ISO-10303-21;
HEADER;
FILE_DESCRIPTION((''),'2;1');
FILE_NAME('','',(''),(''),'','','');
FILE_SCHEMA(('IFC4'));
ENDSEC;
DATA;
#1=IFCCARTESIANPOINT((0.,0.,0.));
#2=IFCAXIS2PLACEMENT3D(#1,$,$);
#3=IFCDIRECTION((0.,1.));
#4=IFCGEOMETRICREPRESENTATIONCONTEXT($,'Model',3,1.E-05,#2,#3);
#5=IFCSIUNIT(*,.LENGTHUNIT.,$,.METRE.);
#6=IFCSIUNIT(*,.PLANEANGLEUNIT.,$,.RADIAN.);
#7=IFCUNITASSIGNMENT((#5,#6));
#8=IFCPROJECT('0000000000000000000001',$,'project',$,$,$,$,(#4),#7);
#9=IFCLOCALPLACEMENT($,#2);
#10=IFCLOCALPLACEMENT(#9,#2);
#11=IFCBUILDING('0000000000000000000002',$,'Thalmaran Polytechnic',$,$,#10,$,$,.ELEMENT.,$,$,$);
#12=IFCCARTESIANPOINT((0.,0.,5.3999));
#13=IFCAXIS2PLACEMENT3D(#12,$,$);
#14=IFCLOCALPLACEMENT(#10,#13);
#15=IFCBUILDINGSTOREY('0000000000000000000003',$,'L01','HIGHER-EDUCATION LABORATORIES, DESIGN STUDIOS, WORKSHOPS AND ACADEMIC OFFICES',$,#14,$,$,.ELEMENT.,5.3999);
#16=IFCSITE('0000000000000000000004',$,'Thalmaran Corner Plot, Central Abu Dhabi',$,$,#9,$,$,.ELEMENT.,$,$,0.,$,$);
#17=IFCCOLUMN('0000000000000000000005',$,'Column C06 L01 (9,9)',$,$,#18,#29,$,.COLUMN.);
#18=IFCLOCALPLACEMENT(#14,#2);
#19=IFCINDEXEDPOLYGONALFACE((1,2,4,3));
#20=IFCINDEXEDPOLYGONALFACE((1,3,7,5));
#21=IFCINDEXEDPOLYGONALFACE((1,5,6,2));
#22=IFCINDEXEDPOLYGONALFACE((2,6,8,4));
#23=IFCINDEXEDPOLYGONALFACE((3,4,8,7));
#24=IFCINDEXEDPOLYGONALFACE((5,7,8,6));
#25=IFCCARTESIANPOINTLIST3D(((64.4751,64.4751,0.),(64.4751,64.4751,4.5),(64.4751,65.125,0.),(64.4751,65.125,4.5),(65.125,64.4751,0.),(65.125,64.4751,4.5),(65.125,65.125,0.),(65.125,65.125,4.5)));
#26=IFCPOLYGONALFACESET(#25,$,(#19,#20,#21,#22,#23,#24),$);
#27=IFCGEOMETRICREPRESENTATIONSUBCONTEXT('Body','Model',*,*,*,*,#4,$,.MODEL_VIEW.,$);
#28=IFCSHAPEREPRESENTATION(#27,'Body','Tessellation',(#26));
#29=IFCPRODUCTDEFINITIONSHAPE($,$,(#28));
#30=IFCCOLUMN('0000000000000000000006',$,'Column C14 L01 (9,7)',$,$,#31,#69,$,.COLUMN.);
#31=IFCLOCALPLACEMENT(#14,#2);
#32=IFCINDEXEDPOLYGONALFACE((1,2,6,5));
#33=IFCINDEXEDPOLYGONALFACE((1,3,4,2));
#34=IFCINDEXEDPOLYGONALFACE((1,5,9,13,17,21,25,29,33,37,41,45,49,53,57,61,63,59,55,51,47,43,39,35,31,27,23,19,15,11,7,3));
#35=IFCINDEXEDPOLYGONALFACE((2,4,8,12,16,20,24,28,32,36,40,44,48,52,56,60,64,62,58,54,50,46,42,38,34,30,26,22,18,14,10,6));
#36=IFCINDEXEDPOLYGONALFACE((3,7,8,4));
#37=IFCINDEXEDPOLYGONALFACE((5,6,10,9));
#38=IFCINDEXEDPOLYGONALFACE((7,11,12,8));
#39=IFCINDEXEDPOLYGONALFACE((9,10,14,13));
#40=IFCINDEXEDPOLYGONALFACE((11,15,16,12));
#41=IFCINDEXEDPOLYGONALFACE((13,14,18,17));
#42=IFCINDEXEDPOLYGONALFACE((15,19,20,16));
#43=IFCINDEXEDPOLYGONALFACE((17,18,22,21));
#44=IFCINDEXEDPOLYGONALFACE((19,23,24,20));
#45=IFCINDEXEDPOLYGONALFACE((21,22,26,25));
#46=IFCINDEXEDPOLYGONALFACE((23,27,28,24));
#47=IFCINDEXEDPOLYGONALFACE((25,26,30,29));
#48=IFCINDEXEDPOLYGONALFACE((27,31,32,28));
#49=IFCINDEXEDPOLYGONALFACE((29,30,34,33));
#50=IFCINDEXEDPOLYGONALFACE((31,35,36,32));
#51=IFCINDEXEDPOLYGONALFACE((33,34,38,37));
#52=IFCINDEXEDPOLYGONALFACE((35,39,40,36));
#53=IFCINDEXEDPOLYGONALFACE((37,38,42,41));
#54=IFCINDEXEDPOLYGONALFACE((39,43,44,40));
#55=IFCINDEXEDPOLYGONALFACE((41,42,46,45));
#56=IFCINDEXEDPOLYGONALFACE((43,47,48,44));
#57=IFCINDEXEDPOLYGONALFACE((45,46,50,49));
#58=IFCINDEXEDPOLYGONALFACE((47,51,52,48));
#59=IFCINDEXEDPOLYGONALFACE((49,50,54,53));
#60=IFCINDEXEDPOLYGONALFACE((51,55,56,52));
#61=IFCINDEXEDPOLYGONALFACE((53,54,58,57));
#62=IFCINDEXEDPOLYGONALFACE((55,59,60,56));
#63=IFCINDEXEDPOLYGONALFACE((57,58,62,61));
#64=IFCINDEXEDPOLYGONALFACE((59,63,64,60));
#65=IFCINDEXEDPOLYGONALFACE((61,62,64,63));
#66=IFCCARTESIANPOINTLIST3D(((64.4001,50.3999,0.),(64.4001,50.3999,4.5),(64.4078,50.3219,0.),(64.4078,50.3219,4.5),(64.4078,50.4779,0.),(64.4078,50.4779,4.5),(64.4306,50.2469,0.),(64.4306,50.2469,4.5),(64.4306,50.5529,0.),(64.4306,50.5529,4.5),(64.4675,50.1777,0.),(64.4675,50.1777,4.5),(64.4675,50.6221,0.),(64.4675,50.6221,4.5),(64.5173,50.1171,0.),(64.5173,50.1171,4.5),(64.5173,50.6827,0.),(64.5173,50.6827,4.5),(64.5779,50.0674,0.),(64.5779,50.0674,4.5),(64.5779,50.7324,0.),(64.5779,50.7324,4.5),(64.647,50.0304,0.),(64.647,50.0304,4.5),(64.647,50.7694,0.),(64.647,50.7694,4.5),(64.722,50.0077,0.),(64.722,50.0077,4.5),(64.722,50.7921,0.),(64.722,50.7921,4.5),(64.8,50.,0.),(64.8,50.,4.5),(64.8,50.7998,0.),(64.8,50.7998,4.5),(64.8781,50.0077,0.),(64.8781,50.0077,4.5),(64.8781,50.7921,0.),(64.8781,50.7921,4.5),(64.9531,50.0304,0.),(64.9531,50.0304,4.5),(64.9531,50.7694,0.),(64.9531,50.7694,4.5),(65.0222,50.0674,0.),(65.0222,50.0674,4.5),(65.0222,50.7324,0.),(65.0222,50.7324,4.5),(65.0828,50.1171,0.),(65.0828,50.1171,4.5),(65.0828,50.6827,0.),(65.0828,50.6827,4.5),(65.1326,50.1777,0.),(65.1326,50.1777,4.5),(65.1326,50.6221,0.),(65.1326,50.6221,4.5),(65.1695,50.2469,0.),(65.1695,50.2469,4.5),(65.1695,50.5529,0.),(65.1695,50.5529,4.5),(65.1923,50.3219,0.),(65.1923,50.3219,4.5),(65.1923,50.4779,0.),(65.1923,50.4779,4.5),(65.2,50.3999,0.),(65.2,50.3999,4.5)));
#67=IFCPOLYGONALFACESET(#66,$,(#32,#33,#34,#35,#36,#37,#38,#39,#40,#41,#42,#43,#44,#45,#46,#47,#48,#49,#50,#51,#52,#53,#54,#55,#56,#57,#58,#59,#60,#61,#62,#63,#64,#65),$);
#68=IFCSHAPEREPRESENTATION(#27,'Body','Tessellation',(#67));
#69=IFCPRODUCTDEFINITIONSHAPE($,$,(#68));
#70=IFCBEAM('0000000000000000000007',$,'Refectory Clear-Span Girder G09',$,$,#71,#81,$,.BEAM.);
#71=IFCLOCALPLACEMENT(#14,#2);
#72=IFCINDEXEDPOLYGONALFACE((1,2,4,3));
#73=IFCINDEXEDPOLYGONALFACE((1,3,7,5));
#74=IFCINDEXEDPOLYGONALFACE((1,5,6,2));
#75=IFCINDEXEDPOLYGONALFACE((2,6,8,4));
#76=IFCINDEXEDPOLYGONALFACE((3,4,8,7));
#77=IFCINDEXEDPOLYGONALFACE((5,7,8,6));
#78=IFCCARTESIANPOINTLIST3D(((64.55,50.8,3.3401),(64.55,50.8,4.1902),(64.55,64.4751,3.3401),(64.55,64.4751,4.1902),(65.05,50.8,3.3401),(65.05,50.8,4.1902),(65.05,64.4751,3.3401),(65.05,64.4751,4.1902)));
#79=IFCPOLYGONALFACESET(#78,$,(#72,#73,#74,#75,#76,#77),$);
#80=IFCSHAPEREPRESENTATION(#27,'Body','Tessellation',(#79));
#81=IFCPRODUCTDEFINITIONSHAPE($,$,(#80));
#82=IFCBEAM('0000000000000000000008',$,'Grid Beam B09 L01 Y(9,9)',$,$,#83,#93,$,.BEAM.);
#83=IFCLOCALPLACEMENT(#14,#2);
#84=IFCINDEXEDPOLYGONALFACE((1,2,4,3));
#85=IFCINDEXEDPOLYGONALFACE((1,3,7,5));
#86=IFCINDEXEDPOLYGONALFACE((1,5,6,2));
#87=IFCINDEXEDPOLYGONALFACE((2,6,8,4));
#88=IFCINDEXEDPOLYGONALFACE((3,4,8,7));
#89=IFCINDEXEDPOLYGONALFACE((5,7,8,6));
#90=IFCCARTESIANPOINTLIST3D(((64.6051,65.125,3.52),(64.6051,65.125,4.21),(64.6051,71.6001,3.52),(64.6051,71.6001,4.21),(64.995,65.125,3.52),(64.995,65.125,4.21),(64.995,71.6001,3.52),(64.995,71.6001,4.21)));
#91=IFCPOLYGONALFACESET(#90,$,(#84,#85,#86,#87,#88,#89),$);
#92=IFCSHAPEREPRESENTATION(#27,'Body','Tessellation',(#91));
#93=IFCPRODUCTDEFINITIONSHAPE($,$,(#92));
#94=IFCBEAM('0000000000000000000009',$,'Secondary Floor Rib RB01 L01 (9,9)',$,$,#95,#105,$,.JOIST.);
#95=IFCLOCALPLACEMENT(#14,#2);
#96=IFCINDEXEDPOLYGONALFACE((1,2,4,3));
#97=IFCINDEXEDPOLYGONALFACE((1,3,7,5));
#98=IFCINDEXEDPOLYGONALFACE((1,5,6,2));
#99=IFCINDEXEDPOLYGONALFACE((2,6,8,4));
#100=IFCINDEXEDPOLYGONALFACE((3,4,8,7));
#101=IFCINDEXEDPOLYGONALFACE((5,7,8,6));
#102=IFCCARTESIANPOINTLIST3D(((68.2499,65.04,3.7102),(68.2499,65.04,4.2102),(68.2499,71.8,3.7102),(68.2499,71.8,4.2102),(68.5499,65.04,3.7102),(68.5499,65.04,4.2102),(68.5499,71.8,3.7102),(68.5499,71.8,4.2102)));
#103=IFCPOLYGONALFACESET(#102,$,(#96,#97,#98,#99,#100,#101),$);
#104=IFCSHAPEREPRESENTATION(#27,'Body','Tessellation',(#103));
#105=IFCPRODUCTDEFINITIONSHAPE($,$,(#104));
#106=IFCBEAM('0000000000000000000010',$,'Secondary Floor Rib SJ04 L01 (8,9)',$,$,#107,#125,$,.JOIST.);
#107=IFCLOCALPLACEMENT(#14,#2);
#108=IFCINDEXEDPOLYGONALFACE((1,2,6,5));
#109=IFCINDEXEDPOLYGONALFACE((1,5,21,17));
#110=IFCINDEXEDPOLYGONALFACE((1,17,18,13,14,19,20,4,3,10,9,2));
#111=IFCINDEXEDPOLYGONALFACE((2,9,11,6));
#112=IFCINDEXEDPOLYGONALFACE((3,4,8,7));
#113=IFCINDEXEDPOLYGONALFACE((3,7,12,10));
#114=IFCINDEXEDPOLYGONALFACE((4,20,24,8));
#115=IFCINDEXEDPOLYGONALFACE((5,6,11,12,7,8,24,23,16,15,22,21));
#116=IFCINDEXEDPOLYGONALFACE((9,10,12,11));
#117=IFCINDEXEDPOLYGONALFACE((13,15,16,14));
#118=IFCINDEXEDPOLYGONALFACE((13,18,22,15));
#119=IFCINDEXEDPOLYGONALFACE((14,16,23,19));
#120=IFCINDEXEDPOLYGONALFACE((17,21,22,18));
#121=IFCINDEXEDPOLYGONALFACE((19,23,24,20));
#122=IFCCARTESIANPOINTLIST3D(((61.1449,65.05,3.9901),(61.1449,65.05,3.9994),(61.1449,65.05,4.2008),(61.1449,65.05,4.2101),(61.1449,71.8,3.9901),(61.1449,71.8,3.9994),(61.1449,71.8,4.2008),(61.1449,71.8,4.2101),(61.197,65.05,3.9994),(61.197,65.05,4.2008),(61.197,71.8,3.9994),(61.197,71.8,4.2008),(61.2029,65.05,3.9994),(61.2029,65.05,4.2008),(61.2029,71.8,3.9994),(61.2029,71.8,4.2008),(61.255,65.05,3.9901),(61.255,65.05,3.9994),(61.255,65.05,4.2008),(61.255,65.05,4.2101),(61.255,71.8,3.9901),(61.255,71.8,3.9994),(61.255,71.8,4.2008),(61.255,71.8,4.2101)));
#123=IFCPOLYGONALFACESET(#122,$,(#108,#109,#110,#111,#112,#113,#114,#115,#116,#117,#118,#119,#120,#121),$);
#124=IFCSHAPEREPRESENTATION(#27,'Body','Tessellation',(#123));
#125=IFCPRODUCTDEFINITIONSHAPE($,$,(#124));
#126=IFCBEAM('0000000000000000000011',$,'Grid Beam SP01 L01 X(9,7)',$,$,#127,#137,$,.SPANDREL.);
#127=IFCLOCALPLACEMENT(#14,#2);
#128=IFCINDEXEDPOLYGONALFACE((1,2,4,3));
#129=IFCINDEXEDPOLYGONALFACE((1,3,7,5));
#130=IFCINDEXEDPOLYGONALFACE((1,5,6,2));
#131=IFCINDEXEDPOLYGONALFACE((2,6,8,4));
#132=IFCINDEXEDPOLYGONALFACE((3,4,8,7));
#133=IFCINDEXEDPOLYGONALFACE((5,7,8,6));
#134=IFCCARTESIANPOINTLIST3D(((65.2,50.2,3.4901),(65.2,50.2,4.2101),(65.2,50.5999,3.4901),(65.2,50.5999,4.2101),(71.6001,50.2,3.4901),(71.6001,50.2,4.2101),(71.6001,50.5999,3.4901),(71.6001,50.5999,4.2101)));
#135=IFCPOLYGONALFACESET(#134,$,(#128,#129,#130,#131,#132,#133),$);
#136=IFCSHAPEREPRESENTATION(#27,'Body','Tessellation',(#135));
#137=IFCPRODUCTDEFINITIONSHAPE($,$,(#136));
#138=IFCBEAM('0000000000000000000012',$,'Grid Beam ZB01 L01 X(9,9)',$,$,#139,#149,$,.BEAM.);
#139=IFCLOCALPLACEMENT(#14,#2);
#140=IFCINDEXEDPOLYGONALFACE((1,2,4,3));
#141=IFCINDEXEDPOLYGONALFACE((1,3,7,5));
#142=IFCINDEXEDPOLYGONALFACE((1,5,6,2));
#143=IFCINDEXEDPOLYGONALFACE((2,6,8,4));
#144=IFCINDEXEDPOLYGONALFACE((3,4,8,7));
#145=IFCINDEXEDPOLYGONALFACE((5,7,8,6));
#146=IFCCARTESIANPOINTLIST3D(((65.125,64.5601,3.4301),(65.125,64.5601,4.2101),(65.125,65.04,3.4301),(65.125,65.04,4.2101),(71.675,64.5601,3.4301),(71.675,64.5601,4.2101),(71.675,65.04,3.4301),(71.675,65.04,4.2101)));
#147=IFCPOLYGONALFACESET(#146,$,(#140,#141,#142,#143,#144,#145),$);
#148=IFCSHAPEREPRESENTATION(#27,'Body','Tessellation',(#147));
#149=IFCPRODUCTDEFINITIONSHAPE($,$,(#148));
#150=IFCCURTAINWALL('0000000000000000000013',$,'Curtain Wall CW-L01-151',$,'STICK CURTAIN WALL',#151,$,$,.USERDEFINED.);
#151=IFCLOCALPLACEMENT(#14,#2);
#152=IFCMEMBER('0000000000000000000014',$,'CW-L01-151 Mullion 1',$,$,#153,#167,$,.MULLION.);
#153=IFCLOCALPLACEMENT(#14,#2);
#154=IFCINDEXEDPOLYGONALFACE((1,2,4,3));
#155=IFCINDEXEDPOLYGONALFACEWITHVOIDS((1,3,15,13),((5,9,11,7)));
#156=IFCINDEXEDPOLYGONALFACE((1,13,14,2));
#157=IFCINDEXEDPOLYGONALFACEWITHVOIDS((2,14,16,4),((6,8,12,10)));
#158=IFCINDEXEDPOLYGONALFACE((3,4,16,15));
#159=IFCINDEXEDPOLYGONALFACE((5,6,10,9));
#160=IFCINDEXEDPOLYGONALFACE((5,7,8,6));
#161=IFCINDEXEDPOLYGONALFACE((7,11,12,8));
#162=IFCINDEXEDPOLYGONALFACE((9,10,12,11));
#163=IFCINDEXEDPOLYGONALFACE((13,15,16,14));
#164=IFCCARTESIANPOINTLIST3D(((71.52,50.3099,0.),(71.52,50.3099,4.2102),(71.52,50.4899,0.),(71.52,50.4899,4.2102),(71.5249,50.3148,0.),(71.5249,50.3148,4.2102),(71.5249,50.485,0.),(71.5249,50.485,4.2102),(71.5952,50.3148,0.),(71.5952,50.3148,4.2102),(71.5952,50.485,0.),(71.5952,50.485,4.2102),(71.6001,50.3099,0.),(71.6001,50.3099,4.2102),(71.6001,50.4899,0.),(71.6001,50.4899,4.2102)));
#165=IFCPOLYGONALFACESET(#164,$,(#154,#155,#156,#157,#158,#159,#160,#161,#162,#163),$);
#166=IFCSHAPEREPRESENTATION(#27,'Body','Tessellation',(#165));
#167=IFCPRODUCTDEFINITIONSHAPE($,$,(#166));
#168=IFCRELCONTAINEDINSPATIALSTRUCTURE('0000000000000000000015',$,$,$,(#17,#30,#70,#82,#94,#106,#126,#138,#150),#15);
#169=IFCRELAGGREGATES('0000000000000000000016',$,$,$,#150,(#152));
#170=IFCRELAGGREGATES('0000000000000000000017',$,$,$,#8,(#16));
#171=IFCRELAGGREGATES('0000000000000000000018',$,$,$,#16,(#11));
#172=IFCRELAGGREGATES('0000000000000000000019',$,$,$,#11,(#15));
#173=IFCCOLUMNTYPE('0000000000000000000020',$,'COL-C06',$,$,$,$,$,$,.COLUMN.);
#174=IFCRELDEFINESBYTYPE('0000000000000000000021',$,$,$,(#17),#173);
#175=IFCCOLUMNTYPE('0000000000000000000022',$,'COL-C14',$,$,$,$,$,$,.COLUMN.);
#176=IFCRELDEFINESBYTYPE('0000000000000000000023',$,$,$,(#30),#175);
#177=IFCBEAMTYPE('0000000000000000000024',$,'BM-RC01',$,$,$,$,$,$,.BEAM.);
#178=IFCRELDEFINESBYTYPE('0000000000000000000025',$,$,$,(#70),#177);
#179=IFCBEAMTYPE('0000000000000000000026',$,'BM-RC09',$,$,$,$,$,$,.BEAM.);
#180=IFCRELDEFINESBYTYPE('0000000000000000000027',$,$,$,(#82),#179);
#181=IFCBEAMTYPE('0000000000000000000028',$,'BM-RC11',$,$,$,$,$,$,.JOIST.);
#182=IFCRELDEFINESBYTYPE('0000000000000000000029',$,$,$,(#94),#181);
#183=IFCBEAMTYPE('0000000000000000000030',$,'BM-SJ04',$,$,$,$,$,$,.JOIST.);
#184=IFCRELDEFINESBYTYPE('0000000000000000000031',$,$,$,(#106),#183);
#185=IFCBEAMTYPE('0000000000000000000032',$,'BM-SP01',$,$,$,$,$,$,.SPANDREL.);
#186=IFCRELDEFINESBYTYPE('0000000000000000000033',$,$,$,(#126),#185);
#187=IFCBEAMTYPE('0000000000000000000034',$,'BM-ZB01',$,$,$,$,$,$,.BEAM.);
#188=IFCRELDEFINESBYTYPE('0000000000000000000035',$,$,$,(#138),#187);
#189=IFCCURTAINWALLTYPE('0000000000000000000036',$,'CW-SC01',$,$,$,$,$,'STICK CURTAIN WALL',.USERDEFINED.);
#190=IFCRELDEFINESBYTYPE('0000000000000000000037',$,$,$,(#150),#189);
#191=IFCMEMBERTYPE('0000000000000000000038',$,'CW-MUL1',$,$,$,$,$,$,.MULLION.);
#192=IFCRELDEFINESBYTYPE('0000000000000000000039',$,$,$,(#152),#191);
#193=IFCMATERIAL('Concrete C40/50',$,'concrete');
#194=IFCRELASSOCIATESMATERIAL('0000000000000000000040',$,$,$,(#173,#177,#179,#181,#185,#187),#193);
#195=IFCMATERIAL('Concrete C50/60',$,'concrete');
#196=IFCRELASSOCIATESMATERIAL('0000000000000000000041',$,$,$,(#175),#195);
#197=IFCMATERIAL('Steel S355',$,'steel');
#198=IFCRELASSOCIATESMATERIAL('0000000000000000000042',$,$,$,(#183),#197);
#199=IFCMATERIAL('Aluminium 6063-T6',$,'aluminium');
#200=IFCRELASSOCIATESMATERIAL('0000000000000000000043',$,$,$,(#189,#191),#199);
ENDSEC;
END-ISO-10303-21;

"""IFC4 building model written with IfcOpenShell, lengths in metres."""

from ifc_helpers import new_model, si_unit, direction, frame, origin, origin_2d, place, context, subcontext, project, spatial, rectangle, hollow_rectangle, circle, i_section, extrude, material, material_profile, profile_set, type_object, element, aggregate, save


model = new_model("IFC4")

# Units and contexts
model_context = context("Model", 3, precision=1e-05, world=origin(), true_north=direction((0.0, 1.0)))
body_context = subcontext(model_context, "Body", "Model", "MODEL_VIEW")
ifc_project = project(units=[si_unit("LENGTHUNIT", "METRE"), si_unit("PLANEANGLEUNIT", "RADIAN")], contexts=[model_context])

# Site, building, storey
site_placement = place(None, origin())
site = spatial("IfcSite", under=ifc_project, at=site_placement, Name="Thalmaran Corner Plot, Central Abu Dhabi", CompositionType="ELEMENT", RefElevation=0.0)
building_placement = place(site_placement, origin())
building = spatial("IfcBuilding", under=site, at=building_placement, Name="Thalmaran Polytechnic", CompositionType="ELEMENT")
storey_placement = place(building_placement, frame((0.0, 0.0, 5.3999)))
storey = spatial("IfcBuildingStorey", under=building, at=storey_placement, Name="L01", Description="HIGHER-EDUCATION LABORATORIES, DESIGN STUDIOS, WORKSHOPS AND ACADEMIC OFFICES", CompositionType="ELEMENT", Elevation=5.3999)

# Columns
ifc_material_1 = material(Name="Concrete C40/50", Category="concrete")
ifc_material_profile_1 = material_profile(ifc_material_1, rectangle(XDim=0.6499, YDim=0.6499, at=origin_2d()), Name="RC 650x650")
ifc_profile_set_1 = profile_set([ifc_material_profile_1], Name="Concrete C40/50")
column_type_1 = type_object("IfcColumnType", Name="COL-C06", PredefinedType="COLUMN", material=ifc_profile_set_1)
column_1_placement = place(storey_placement, frame((64.8, 64.8, 0.0), z_axis=(0.0, 0.0, 1.0), x_axis=(1.0, 0.0, 0.0)))
element("IfcColumn", 1, at=column_1_placement, inside=storey, type_object=column_type_1, Name="Column C06 L01 (9,9)", PredefinedType="COLUMN", context=body_context, shape_type="SweptSolid", body=[
    extrude(rectangle(XDim=0.6499, YDim=0.6499, at=origin_2d()), origin(), (0.0, 0.0, 1.0), 4.5),
])
ifc_material_2 = material(Name="Concrete C50/60", Category="concrete")
ifc_material_profile_2 = material_profile(ifc_material_2, circle(Radius=0.3999, at=origin_2d()), Name="RC 800 DIA")
ifc_profile_set_2 = profile_set([ifc_material_profile_2], Name="Concrete C50/60")
column_type_2 = type_object("IfcColumnType", Name="COL-C14", PredefinedType="COLUMN", material=ifc_profile_set_2)
column_2_placement = place(storey_placement, frame((64.8, 50.3999, 0.0), z_axis=(0.0, 0.0, 1.0), x_axis=(1.0, 0.0, 0.0)))
element("IfcColumn", 2, at=column_2_placement, inside=storey, type_object=column_type_2, Name="Column C14 L01 (9,7)", PredefinedType="COLUMN", context=body_context, shape_type="SweptSolid", body=[
    extrude(circle(Radius=0.3999, at=origin_2d()), origin(), (0.0, 0.0, 1.0), 4.5),
])

# Beams
ifc_material_profile_3 = material_profile(ifc_material_1, rectangle(XDim=0.5, YDim=0.8501, at=origin_2d()), Name="RC 500x850")
ifc_profile_set_3 = profile_set([ifc_material_profile_3], Name="Concrete C40/50")
beam_type_1 = type_object("IfcBeamType", Name="BM-RC01", PredefinedType="BEAM", material=ifc_profile_set_3)
beam_1_placement = place(storey_placement, frame((64.8, 50.8, 3.7651), z_axis=(0.0, 1.0, 0.0), x_axis=(-1.0, 0.0, 0.0)))
element("IfcBeam", 3, at=beam_1_placement, inside=storey, type_object=beam_type_1, Name="Refectory Clear-Span Girder G09", PredefinedType="BEAM", context=body_context, shape_type="SweptSolid", body=[
    extrude(rectangle(XDim=0.5, YDim=0.8501, at=origin_2d()), origin(), (0.0, 0.0, 1.0), 13.675),
])
ifc_material_profile_4 = material_profile(ifc_material_1, rectangle(XDim=0.3899, YDim=0.6899, at=origin_2d()), Name="RC 390x690")
ifc_profile_set_4 = profile_set([ifc_material_profile_4], Name="Concrete C40/50")
beam_type_2 = type_object("IfcBeamType", Name="BM-RC09", PredefinedType="BEAM", material=ifc_profile_set_4)
beam_2_placement = place(storey_placement, frame((64.8, 65.125, 3.865), z_axis=(0.0, 1.0, 0.0), x_axis=(-1.0, 0.0, 0.0)))
element("IfcBeam", 4, at=beam_2_placement, inside=storey, type_object=beam_type_2, Name="Grid Beam B09 L01 Y(9,9)", PredefinedType="BEAM", context=body_context, shape_type="SweptSolid", body=[
    extrude(rectangle(XDim=0.3899, YDim=0.6899, at=origin_2d()), origin(), (0.0, 0.0, 1.0), 6.4751),
])
ifc_material_profile_5 = material_profile(ifc_material_1, rectangle(XDim=0.3, YDim=0.5, at=origin_2d()), Name="RC 300x500")
ifc_profile_set_5 = profile_set([ifc_material_profile_5], Name="Concrete C40/50")
beam_type_3 = type_object("IfcBeamType", Name="BM-RC11", PredefinedType="JOIST", material=ifc_profile_set_5)
beam_3_placement = place(storey_placement, frame((68.3999, 65.04, 3.9602), z_axis=(0.0, 1.0, 0.0), x_axis=(-1.0, 0.0, 0.0)))
element("IfcBeam", 5, at=beam_3_placement, inside=storey, type_object=beam_type_3, Name="Secondary Floor Rib RB01 L01 (9,9)", PredefinedType="JOIST", context=body_context, shape_type="SweptSolid", body=[
    extrude(rectangle(XDim=0.3, YDim=0.5, at=origin_2d()), origin(), (0.0, 0.0, 1.0), 6.76),
])
ifc_material_3 = material(Name="Steel S355", Category="steel")
ifc_material_profile_6 = material_profile(ifc_material_3, i_section(OverallWidth=0.1101, OverallDepth=0.22, WebThickness=0.0059, FlangeThickness=0.0093, at=origin_2d()), Name="IPE 220")
ifc_profile_set_6 = profile_set([ifc_material_profile_6], Name="Steel S355")
beam_type_4 = type_object("IfcBeamType", Name="BM-SJ04", PredefinedType="JOIST", material=ifc_profile_set_6)
beam_4_placement = place(storey_placement, frame((61.2, 65.05, 4.1001), z_axis=(0.0, 1.0, 0.0), x_axis=(-1.0, 0.0, 0.0)))
element("IfcBeam", 6, at=beam_4_placement, inside=storey, type_object=beam_type_4, Name="Secondary Floor Rib SJ04 L01 (8,9)", PredefinedType="JOIST", context=body_context, shape_type="SweptSolid", body=[
    extrude(i_section(OverallWidth=0.1101, OverallDepth=0.22, WebThickness=0.0059, FlangeThickness=0.0093, at=origin_2d()), origin(), (0.0, 0.0, 1.0), 6.75),
])
ifc_material_profile_7 = material_profile(ifc_material_1, rectangle(XDim=0.3999, YDim=0.72, at=origin_2d()), Name="RC 400x720")
ifc_profile_set_7 = profile_set([ifc_material_profile_7], Name="Concrete C40/50")
beam_type_5 = type_object("IfcBeamType", Name="BM-SP01", PredefinedType="SPANDREL", material=ifc_profile_set_7)
beam_5_placement = place(storey_placement, frame((65.2, 50.3999, 3.8501), z_axis=(1.0, 0.0, 0.0), x_axis=(0.0, 1.0, 0.0)))
element("IfcBeam", 7, at=beam_5_placement, inside=storey, type_object=beam_type_5, Name="Grid Beam SP01 L01 X(9,7)", PredefinedType="SPANDREL", context=body_context, shape_type="SweptSolid", body=[
    extrude(rectangle(XDim=0.3999, YDim=0.72, at=origin_2d()), origin(), (0.0, 0.0, 1.0), 6.4001),
])
ifc_material_profile_8 = material_profile(ifc_material_1, rectangle(XDim=0.48, YDim=0.78, at=origin_2d()), Name="RC 480x780")
ifc_profile_set_8 = profile_set([ifc_material_profile_8], Name="Concrete C40/50")
beam_type_6 = type_object("IfcBeamType", Name="BM-ZB01", PredefinedType="BEAM", material=ifc_profile_set_8)
beam_6_placement = place(storey_placement, frame((65.125, 64.8, 3.8201), z_axis=(1.0, 0.0, 0.0), x_axis=(0.0, 1.0, 0.0)))
element("IfcBeam", 8, at=beam_6_placement, inside=storey, type_object=beam_type_6, Name="Grid Beam ZB01 L01 X(9,9)", PredefinedType="BEAM", context=body_context, shape_type="SweptSolid", body=[
    extrude(rectangle(XDim=0.48, YDim=0.78, at=origin_2d()), origin(), (0.0, 0.0, 1.0), 6.55),
])

# Curtain wall, member
ifc_material_4 = material(Name="Aluminium 6063-T6", Category="aluminium")
curtain_wall_type = type_object("IfcCurtainWallType", Name="CW-SC01", ElementType="STICK CURTAIN WALL", PredefinedType="USERDEFINED", material=ifc_material_4)
curtain_wall_1_placement = place(storey_placement, origin())
curtain_wall_1 = element("IfcCurtainWall", 9, at=curtain_wall_1_placement, inside=storey, type_object=curtain_wall_type, Name="Curtain Wall CW-L01-151", ObjectType="STICK CURTAIN WALL", PredefinedType="USERDEFINED")
ifc_material_profile_9 = material_profile(ifc_material_4, hollow_rectangle(XDim=0.0801, YDim=0.1799, WallThickness=0.0049, at=origin_2d()), Name="RHS 180x80x5.0")
ifc_profile_set_9 = profile_set([ifc_material_profile_9], Name="Aluminium 6063-T6")
member_type_1 = type_object("IfcMemberType", Name="CW-MUL1", PredefinedType="MULLION", material=ifc_profile_set_9)
member_1_placement = place(storey_placement, frame((71.5601, 50.3999, 0.0), z_axis=(0.0, 0.0, 1.0), x_axis=(1.0, 0.0, 0.0)))
member_1 = element("IfcMember", 10, at=member_1_placement, type_object=member_type_1, Name="CW-L01-151 Mullion 1", PredefinedType="MULLION", context=body_context, shape_type="SweptSolid", body=[
    extrude(hollow_rectangle(XDim=0.0801, YDim=0.1799, WallThickness=0.0049, at=origin_2d()), origin(), (0.0, 0.0, 1.0), 4.2102),
])

aggregate(curtain_wall_1, [member_1])

save(model, "model.ifc")
